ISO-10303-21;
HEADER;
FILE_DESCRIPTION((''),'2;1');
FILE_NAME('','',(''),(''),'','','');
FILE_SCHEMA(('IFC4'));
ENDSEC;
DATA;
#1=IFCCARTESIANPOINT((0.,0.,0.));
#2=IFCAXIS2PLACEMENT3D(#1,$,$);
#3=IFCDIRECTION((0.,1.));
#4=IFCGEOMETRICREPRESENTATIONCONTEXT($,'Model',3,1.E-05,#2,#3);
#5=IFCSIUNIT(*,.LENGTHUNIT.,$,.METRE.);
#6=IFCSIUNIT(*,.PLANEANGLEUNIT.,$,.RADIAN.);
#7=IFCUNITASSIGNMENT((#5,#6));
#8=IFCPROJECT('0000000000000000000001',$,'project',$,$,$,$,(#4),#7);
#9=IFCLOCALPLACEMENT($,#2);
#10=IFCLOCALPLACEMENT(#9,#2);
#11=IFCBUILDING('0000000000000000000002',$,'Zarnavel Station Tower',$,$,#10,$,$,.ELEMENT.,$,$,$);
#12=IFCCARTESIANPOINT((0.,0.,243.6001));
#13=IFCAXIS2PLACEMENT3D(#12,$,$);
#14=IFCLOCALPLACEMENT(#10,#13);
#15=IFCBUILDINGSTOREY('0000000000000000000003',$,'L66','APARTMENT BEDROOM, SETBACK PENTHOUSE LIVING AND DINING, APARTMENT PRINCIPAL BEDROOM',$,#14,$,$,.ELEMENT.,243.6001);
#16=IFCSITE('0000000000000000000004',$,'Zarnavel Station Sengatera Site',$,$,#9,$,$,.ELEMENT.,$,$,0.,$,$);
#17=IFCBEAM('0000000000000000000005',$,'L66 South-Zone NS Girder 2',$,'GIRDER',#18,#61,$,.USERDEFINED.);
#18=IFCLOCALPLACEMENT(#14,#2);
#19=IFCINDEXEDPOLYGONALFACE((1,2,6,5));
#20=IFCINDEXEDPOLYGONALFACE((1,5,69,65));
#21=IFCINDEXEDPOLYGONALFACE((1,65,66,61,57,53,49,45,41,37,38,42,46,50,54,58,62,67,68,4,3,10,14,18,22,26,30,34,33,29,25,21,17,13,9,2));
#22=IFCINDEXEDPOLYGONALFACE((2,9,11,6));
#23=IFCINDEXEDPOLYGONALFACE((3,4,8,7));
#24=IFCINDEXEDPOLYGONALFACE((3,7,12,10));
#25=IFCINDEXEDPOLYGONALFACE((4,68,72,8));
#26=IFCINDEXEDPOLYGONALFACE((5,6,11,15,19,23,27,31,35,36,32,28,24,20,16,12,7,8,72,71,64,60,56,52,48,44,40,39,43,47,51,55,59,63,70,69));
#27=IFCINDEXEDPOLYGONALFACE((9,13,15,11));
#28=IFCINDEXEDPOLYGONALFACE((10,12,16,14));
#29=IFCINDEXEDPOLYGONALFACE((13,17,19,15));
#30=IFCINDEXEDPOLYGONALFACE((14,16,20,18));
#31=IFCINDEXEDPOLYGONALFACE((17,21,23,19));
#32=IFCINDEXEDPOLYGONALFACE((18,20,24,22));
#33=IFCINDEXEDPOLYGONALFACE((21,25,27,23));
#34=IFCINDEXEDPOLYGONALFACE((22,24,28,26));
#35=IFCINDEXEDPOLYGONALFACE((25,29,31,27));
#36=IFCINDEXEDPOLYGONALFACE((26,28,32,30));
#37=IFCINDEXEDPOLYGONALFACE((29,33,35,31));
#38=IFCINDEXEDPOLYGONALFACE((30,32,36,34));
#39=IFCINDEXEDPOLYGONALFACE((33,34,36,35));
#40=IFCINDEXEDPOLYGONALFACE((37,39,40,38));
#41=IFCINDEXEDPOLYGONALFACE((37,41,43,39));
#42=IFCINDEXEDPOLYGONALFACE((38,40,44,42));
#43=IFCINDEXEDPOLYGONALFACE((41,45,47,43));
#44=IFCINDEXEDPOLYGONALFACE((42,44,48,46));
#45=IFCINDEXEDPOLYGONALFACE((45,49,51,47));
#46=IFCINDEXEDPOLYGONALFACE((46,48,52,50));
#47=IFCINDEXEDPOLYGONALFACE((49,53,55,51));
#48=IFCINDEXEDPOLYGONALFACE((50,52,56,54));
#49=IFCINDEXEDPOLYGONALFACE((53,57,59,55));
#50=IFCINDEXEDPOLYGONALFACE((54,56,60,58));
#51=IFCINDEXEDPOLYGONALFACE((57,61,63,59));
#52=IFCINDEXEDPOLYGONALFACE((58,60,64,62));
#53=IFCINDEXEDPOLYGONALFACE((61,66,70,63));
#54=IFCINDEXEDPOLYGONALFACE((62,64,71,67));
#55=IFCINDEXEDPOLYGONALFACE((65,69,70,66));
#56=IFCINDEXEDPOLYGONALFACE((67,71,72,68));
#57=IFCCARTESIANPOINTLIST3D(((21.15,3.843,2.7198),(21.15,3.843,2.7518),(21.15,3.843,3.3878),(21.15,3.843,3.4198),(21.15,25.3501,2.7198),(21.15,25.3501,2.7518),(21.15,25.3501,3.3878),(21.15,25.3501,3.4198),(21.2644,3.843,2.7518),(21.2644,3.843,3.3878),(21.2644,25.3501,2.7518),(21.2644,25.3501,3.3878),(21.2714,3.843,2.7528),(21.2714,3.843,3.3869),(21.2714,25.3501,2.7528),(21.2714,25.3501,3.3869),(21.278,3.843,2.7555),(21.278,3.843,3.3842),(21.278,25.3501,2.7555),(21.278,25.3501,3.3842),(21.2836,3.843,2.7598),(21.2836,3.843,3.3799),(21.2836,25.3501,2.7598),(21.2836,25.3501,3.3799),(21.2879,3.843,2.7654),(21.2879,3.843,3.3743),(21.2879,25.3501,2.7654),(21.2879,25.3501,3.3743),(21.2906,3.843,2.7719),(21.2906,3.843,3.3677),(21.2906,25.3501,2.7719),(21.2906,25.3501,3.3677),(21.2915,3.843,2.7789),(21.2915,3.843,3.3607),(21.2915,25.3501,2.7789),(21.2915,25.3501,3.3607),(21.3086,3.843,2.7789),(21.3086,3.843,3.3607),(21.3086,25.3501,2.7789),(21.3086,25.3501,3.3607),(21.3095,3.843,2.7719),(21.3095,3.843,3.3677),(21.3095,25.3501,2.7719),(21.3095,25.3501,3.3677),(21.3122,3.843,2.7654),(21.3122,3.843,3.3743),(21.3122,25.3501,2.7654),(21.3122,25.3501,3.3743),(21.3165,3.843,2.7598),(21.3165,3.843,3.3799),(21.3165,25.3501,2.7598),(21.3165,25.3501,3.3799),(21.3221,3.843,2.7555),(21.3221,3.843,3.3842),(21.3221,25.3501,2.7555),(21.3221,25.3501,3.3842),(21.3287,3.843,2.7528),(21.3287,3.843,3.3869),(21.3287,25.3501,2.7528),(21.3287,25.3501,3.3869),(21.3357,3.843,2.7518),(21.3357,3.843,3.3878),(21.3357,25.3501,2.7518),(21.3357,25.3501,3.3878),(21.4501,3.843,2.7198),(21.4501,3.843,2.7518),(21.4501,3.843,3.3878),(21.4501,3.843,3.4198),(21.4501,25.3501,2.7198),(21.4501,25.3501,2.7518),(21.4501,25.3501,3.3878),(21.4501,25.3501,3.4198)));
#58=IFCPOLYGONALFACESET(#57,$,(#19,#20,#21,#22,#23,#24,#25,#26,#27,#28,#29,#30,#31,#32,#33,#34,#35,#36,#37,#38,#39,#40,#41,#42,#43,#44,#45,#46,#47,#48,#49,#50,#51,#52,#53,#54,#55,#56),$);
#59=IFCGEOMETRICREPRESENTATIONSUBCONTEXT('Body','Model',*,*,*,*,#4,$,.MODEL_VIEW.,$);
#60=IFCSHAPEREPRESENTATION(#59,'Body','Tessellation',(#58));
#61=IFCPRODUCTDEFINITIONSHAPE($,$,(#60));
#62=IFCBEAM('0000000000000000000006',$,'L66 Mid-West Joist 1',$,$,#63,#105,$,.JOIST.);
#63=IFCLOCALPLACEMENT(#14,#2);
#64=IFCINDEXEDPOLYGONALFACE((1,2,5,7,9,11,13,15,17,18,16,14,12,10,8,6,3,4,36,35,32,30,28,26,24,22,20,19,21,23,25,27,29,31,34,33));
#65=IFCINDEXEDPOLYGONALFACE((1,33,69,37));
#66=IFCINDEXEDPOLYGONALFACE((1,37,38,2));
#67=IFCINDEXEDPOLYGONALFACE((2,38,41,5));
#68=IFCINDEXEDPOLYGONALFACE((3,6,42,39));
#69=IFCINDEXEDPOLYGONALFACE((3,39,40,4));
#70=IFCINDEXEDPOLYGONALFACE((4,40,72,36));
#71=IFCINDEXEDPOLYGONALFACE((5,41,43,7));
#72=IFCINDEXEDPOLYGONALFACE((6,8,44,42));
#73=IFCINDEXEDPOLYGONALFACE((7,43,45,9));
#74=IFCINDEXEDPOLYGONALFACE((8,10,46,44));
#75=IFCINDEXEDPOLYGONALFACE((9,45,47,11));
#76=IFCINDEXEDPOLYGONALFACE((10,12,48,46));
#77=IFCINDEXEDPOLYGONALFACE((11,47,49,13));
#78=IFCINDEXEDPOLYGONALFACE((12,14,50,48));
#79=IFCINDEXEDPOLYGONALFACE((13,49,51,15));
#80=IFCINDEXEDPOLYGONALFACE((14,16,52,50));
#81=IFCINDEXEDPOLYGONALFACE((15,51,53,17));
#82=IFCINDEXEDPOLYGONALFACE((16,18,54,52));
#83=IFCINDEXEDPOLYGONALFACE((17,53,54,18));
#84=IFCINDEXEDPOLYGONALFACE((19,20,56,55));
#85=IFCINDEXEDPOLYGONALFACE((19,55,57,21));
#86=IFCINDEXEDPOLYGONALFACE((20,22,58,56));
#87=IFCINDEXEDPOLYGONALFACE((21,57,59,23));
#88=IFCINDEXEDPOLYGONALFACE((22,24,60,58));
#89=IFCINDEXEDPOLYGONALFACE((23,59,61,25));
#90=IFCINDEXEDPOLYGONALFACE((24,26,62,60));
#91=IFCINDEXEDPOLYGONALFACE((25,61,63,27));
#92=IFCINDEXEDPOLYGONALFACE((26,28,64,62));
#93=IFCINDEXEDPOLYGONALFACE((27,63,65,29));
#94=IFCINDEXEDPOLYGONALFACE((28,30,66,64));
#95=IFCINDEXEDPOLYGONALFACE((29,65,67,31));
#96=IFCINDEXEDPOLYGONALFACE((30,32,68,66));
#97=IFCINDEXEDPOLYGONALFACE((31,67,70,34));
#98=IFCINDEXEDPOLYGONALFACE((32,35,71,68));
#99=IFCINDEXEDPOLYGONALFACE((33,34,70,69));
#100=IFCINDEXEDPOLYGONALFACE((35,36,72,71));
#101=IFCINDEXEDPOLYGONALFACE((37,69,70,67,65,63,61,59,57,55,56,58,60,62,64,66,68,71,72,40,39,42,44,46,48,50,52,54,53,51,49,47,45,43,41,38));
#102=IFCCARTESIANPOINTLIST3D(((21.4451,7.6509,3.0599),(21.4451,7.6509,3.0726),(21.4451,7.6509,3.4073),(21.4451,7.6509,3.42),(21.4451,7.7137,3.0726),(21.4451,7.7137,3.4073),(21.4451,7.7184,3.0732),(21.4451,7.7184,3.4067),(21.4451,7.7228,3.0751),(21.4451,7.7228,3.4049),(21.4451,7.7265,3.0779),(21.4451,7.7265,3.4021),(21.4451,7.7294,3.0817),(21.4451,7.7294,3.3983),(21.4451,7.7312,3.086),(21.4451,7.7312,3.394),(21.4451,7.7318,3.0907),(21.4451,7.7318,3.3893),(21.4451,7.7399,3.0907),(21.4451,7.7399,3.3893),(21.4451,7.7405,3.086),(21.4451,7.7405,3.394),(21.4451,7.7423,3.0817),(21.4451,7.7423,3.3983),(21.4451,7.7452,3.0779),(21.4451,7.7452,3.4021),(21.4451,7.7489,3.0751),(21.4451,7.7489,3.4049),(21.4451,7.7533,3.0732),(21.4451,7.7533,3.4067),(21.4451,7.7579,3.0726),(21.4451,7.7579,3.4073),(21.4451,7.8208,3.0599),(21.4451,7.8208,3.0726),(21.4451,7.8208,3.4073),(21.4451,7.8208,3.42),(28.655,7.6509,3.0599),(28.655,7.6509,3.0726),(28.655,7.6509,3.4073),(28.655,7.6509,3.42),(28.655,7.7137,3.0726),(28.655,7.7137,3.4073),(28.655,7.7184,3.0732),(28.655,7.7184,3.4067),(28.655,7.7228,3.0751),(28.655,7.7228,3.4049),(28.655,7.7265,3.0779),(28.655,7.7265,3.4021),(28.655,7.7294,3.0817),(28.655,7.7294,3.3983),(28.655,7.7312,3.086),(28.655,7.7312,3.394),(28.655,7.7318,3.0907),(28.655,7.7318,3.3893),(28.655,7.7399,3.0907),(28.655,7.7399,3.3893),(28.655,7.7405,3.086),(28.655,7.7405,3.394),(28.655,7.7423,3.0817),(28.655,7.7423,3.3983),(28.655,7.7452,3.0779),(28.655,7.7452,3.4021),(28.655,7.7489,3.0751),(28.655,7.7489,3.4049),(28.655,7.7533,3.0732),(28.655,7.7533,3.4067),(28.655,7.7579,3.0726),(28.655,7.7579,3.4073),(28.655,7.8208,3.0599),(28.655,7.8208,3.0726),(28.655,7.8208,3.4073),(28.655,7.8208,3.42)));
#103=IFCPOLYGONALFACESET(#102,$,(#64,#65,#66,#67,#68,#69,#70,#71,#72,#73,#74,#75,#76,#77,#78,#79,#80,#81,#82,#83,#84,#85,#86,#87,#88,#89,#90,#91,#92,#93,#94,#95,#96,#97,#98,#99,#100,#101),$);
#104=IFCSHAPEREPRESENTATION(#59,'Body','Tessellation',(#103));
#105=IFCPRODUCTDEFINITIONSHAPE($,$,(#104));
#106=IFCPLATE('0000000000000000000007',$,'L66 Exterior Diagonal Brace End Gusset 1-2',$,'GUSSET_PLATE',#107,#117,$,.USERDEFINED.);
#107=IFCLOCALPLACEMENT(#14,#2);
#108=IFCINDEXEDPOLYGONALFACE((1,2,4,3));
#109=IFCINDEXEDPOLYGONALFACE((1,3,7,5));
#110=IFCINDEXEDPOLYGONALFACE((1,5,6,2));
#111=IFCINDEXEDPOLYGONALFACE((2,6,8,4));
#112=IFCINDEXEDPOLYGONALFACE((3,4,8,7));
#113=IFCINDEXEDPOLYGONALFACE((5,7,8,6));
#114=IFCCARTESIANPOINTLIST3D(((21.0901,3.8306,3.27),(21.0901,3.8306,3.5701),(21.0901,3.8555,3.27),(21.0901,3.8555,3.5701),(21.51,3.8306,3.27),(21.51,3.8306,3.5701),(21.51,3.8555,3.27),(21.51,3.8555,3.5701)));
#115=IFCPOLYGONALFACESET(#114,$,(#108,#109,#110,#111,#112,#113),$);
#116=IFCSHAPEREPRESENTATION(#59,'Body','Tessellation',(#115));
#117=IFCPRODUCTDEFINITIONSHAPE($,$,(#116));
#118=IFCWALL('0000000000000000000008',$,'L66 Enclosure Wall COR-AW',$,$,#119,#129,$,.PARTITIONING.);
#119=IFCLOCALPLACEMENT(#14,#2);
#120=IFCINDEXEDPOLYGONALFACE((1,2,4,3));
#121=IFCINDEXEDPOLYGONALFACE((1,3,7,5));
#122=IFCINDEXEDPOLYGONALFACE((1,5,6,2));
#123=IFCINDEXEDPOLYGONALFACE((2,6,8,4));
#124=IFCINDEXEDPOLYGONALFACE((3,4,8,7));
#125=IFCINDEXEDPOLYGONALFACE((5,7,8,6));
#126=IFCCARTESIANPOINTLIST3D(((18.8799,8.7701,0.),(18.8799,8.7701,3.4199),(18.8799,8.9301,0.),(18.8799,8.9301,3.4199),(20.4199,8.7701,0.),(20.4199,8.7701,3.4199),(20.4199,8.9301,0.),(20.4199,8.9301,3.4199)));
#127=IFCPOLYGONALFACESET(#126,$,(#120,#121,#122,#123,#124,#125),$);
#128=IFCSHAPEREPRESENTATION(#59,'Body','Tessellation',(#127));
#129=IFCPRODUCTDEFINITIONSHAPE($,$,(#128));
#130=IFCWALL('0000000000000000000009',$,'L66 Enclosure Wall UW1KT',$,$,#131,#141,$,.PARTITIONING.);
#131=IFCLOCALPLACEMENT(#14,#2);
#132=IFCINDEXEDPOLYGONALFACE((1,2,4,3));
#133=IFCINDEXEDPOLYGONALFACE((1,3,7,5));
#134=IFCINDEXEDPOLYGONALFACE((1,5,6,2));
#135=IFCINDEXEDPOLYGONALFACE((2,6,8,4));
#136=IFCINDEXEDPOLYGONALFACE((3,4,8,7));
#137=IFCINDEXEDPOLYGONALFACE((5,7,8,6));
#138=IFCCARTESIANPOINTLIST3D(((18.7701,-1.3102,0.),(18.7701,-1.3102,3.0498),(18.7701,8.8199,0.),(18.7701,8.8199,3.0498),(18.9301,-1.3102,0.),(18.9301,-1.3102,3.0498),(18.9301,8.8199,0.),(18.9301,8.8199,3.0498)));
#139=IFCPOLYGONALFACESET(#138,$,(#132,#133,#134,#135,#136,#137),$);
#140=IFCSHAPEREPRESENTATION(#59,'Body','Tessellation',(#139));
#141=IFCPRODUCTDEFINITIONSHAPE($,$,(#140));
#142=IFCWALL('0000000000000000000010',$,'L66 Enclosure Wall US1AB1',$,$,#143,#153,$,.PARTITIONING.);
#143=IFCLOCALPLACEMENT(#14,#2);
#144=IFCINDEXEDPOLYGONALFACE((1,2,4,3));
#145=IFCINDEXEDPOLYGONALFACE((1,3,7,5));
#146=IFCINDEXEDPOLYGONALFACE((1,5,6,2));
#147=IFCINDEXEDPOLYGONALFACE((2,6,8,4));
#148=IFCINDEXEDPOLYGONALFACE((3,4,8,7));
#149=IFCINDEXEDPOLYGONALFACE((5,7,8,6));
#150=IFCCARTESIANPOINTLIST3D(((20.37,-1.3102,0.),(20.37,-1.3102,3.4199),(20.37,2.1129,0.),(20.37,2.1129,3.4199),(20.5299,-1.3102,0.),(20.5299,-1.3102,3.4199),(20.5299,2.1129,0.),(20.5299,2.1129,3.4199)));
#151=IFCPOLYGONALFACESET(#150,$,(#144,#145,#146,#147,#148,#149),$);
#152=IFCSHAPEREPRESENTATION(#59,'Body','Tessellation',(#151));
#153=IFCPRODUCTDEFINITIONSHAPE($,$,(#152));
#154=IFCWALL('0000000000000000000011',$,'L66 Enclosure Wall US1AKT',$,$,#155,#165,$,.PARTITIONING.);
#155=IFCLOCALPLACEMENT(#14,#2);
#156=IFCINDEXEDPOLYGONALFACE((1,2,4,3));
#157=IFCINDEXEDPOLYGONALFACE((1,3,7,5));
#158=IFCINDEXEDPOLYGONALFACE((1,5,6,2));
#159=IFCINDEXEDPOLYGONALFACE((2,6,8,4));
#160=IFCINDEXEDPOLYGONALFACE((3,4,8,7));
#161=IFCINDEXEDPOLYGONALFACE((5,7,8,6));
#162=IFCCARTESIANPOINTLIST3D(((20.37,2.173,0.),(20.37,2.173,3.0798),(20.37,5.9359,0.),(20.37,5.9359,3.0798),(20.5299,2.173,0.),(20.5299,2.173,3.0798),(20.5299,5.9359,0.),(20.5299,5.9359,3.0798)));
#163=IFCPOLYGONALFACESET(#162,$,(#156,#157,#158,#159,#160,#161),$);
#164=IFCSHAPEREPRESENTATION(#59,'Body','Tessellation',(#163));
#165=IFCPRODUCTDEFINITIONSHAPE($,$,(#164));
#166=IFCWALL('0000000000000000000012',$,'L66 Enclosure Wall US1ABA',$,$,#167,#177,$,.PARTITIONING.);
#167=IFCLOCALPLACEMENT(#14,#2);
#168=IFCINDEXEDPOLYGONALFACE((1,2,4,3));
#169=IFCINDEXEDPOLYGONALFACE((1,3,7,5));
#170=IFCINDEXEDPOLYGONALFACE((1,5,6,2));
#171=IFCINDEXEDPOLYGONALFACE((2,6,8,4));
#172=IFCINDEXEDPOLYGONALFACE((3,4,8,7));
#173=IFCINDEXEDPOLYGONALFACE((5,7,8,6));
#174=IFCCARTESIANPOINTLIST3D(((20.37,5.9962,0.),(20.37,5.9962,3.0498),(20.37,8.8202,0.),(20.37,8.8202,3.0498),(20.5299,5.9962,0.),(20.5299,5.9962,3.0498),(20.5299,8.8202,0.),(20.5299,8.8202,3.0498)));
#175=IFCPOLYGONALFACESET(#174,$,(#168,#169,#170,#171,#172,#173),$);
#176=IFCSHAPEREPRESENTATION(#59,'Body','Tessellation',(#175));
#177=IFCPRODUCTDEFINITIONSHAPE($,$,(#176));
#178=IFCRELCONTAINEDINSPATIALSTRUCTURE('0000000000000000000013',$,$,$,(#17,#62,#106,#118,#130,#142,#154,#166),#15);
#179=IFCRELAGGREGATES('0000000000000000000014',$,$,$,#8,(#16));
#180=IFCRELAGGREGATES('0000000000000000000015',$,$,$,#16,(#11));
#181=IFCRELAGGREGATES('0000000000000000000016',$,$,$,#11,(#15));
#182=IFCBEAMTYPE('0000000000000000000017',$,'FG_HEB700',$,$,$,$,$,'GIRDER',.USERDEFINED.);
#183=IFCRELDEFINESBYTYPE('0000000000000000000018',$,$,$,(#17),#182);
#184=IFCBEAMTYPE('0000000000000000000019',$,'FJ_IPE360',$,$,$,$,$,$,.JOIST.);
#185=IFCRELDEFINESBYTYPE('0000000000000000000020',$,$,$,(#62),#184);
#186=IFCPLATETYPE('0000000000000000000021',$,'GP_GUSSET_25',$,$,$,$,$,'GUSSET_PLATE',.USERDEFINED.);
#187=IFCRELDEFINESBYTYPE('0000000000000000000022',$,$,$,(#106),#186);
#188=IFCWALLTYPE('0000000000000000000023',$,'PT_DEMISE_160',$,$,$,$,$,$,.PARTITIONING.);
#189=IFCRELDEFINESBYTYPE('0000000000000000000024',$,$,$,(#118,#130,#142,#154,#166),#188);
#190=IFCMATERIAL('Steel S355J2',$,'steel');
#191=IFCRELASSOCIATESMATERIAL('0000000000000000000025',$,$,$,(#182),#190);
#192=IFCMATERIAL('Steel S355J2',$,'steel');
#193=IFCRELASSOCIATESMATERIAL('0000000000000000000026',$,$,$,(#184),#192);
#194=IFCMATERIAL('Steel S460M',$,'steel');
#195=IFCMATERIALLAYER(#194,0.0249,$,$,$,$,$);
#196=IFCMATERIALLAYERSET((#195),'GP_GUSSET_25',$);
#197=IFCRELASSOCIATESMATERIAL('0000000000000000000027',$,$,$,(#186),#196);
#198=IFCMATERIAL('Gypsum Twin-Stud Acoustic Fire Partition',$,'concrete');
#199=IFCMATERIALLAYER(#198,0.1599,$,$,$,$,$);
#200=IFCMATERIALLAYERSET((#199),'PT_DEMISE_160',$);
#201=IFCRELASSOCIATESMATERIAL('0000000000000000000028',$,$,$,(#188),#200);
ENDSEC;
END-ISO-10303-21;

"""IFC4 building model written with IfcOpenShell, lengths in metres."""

from ifc_helpers import new_model, si_unit, direction, frame, frame_2d, origin, origin_2d, place, context, subcontext, project, spatial, rectangle, i_section, extrude, material, layer, layer_set, material_profile, profile_set, type_object, element, save


model = new_model("IFC4")

# Units and contexts
model_context = context("Model", 3, precision=1e-05, world=origin(), true_north=direction((0.0, 1.0)))
body_context = subcontext(model_context, "Body", "Model", "MODEL_VIEW")
ifc_project = project(units=[si_unit("LENGTHUNIT", "METRE"), si_unit("PLANEANGLEUNIT", "RADIAN")], contexts=[model_context])

# Site, building, storey
site_placement = place(None, origin())
site = spatial("IfcSite", under=ifc_project, at=site_placement, Name="Zarnavel Station Sengatera Site", CompositionType="ELEMENT", RefElevation=0.0)
building_placement = place(site_placement, origin())
building = spatial("IfcBuilding", under=site, at=building_placement, Name="Zarnavel Station Tower", CompositionType="ELEMENT")
storey_placement = place(building_placement, frame((0.0, 0.0, 243.6001)))
storey = spatial("IfcBuildingStorey", under=building, at=storey_placement, Name="L66", Description="APARTMENT BEDROOM, SETBACK PENTHOUSE LIVING AND DINING, APARTMENT PRINCIPAL BEDROOM", CompositionType="ELEMENT", Elevation=243.6001)

# Beams
ifc_material_1 = material(Name="Steel S355J2", Category="steel")
ifc_material_profile_1 = material_profile(ifc_material_1, i_section(OverallWidth=0.3, OverallDepth=0.7, WebThickness=0.0171, FlangeThickness=0.032, FilletRadius=0.0271, at=origin_2d()), Name="HEB700")
ifc_profile_set_1 = profile_set([ifc_material_profile_1], Name="Steel S355J2")
beam_type_1 = type_object("IfcBeamType", Name="FG_HEB700", ElementType="GIRDER", PredefinedType="USERDEFINED", material=ifc_profile_set_1)
beam_1_placement = place(storey_placement, frame((21.3, 3.843, 3.0698), z_axis=(0.0, 1.0, 0.0), x_axis=(-1.0, 0.0, 0.0)))
element("IfcBeam", 1, at=beam_1_placement, inside=storey, type_object=beam_type_1, Name="L66 South-Zone NS Girder 2", ObjectType="GIRDER", PredefinedType="USERDEFINED", context=body_context, shape_type="SweptSolid", body=[
    extrude(i_section(OverallWidth=0.3, OverallDepth=0.7, WebThickness=0.0171, FlangeThickness=0.032, FilletRadius=0.0271, at=origin_2d()), origin(), (0.0, 0.0, 1.0), 21.5071),
])
ifc_material_2 = material(Name="Steel S355J2", Category="steel")
ifc_material_profile_2 = material_profile(ifc_material_2, i_section(OverallWidth=0.1699, OverallDepth=0.3601, WebThickness=0.0081, FlangeThickness=0.0127, FilletRadius=0.0181, at=origin_2d()), Name="IPE360")
ifc_profile_set_2 = profile_set([ifc_material_profile_2], Name="Steel S355J2")
beam_type_2 = type_object("IfcBeamType", Name="FJ_IPE360", PredefinedType="JOIST", material=ifc_profile_set_2)
beam_2_placement = place(storey_placement, frame((21.4451, 7.7358, 3.24), z_axis=(1.0, 0.0, 0.0), x_axis=(0.0, 1.0, 0.0)))
element("IfcBeam", 2, at=beam_2_placement, inside=storey, type_object=beam_type_2, Name="L66 Mid-West Joist 1", PredefinedType="JOIST", context=body_context, shape_type="SweptSolid", body=[
    extrude(i_section(OverallWidth=0.1699, OverallDepth=0.3601, WebThickness=0.0081, FlangeThickness=0.0127, FilletRadius=0.0181, at=origin_2d()), origin(), (0.0, 0.0, 1.0), 7.21),
])

# Plate
ifc_material_3 = material(Name="Steel S460M", Category="steel")
ifc_layer_1 = layer(ifc_material_3, 0.0249)
ifc_layer_set_1 = layer_set([ifc_layer_1], Name="GP_GUSSET_25")
plate_type = type_object("IfcPlateType", Name="GP_GUSSET_25", ElementType="GUSSET_PLATE", PredefinedType="USERDEFINED", material=ifc_layer_set_1)
plate_placement = place(storey_placement, frame((21.3, 3.843, 3.27), z_axis=(0.0, 0.0, 1.0), x_axis=(1.0, 0.0, 0.0)))
element("IfcPlate", 3, at=plate_placement, inside=storey, type_object=plate_type, Name="L66 Exterior Diagonal Brace End Gusset 1-2", ObjectType="GUSSET_PLATE", PredefinedType="USERDEFINED", context=body_context, shape_type="SweptSolid", body=[
    extrude(rectangle(XDim=0.4199, YDim=0.0249, at=origin_2d()), origin(), (0.0, 0.0, 1.0), 0.3),
])

# Walls
ifc_material_4 = material(Name="Gypsum Twin-Stud Acoustic Fire Partition", Category="concrete")
ifc_layer_2 = layer(ifc_material_4, 0.1599)
ifc_layer_set_2 = layer_set([ifc_layer_2], Name="PT_DEMISE_160")
wall_type_1 = type_object("IfcWallType", Name="PT_DEMISE_160", PredefinedType="PARTITIONING", material=ifc_layer_set_2)
wall_1_placement = place(storey_placement, frame((18.8799, 8.8501, 0.0), z_axis=(0.0, 0.0, 1.0), x_axis=(1.0, 0.0, 0.0)))
element("IfcWall", 4, at=wall_1_placement, inside=storey, type_object=wall_type_1, Name="L66 Enclosure Wall COR-AW", PredefinedType="PARTITIONING", context=body_context, shape_type="SweptSolid", body=[
    extrude(rectangle(XDim=1.54, YDim=0.1599, at=frame_2d((0.77, 0.0))), origin(), (0.0, 0.0, 1.0), 3.4199),
])
wall_2_placement = place(storey_placement, frame((18.8501, -1.3101, 0.0), z_axis=(0.0, 0.0, 1.0), x_axis=(0.0, 1.0, 0.0)))
element("IfcWall", 5, at=wall_2_placement, inside=storey, type_object=wall_type_1, Name="L66 Enclosure Wall UW1KT", PredefinedType="PARTITIONING", context=body_context, shape_type="SweptSolid", body=[
    extrude(rectangle(XDim=10.1301, YDim=0.1599, at=frame_2d((5.0649, 0.0))), origin(), (0.0, 0.0, 1.0), 3.0498),
])
wall_3_placement = place(storey_placement, frame((20.45, -1.3101, 0.0), z_axis=(0.0, 0.0, 1.0), x_axis=(0.0, 1.0, 0.0)))
element("IfcWall", 6, at=wall_3_placement, inside=storey, type_object=wall_type_1, Name="L66 Enclosure Wall US1AB1", PredefinedType="PARTITIONING", context=body_context, shape_type="SweptSolid", body=[
    extrude(rectangle(XDim=3.4231, YDim=0.1599, at=frame_2d((1.7114, 0.0))), origin(), (0.0, 0.0, 1.0), 3.4199),
])
wall_4_placement = place(storey_placement, frame((20.45, 2.1731, 0.0), z_axis=(0.0, 0.0, 1.0), x_axis=(0.0, 1.0, 0.0)))
element("IfcWall", 7, at=wall_4_placement, inside=storey, type_object=wall_type_1, Name="L66 Enclosure Wall US1AKT", PredefinedType="PARTITIONING", context=body_context, shape_type="SweptSolid", body=[
    extrude(rectangle(XDim=3.7629, YDim=0.1599, at=frame_2d((1.8813, 0.0))), origin(), (0.0, 0.0, 1.0), 3.0798),
])
wall_5_placement = place(storey_placement, frame((20.45, 5.9961, 0.0), z_axis=(0.0, 0.0, 1.0), x_axis=(0.0, 1.0, 0.0)))
element("IfcWall", 8, at=wall_5_placement, inside=storey, type_object=wall_type_1, Name="L66 Enclosure Wall US1ABA", PredefinedType="PARTITIONING", context=body_context, shape_type="SweptSolid", body=[
    extrude(rectangle(XDim=2.824, YDim=0.1599, at=frame_2d((1.4121, 0.0))), origin(), (0.0, 0.0, 1.0), 3.0498),
])

save(model, "model.ifc")
